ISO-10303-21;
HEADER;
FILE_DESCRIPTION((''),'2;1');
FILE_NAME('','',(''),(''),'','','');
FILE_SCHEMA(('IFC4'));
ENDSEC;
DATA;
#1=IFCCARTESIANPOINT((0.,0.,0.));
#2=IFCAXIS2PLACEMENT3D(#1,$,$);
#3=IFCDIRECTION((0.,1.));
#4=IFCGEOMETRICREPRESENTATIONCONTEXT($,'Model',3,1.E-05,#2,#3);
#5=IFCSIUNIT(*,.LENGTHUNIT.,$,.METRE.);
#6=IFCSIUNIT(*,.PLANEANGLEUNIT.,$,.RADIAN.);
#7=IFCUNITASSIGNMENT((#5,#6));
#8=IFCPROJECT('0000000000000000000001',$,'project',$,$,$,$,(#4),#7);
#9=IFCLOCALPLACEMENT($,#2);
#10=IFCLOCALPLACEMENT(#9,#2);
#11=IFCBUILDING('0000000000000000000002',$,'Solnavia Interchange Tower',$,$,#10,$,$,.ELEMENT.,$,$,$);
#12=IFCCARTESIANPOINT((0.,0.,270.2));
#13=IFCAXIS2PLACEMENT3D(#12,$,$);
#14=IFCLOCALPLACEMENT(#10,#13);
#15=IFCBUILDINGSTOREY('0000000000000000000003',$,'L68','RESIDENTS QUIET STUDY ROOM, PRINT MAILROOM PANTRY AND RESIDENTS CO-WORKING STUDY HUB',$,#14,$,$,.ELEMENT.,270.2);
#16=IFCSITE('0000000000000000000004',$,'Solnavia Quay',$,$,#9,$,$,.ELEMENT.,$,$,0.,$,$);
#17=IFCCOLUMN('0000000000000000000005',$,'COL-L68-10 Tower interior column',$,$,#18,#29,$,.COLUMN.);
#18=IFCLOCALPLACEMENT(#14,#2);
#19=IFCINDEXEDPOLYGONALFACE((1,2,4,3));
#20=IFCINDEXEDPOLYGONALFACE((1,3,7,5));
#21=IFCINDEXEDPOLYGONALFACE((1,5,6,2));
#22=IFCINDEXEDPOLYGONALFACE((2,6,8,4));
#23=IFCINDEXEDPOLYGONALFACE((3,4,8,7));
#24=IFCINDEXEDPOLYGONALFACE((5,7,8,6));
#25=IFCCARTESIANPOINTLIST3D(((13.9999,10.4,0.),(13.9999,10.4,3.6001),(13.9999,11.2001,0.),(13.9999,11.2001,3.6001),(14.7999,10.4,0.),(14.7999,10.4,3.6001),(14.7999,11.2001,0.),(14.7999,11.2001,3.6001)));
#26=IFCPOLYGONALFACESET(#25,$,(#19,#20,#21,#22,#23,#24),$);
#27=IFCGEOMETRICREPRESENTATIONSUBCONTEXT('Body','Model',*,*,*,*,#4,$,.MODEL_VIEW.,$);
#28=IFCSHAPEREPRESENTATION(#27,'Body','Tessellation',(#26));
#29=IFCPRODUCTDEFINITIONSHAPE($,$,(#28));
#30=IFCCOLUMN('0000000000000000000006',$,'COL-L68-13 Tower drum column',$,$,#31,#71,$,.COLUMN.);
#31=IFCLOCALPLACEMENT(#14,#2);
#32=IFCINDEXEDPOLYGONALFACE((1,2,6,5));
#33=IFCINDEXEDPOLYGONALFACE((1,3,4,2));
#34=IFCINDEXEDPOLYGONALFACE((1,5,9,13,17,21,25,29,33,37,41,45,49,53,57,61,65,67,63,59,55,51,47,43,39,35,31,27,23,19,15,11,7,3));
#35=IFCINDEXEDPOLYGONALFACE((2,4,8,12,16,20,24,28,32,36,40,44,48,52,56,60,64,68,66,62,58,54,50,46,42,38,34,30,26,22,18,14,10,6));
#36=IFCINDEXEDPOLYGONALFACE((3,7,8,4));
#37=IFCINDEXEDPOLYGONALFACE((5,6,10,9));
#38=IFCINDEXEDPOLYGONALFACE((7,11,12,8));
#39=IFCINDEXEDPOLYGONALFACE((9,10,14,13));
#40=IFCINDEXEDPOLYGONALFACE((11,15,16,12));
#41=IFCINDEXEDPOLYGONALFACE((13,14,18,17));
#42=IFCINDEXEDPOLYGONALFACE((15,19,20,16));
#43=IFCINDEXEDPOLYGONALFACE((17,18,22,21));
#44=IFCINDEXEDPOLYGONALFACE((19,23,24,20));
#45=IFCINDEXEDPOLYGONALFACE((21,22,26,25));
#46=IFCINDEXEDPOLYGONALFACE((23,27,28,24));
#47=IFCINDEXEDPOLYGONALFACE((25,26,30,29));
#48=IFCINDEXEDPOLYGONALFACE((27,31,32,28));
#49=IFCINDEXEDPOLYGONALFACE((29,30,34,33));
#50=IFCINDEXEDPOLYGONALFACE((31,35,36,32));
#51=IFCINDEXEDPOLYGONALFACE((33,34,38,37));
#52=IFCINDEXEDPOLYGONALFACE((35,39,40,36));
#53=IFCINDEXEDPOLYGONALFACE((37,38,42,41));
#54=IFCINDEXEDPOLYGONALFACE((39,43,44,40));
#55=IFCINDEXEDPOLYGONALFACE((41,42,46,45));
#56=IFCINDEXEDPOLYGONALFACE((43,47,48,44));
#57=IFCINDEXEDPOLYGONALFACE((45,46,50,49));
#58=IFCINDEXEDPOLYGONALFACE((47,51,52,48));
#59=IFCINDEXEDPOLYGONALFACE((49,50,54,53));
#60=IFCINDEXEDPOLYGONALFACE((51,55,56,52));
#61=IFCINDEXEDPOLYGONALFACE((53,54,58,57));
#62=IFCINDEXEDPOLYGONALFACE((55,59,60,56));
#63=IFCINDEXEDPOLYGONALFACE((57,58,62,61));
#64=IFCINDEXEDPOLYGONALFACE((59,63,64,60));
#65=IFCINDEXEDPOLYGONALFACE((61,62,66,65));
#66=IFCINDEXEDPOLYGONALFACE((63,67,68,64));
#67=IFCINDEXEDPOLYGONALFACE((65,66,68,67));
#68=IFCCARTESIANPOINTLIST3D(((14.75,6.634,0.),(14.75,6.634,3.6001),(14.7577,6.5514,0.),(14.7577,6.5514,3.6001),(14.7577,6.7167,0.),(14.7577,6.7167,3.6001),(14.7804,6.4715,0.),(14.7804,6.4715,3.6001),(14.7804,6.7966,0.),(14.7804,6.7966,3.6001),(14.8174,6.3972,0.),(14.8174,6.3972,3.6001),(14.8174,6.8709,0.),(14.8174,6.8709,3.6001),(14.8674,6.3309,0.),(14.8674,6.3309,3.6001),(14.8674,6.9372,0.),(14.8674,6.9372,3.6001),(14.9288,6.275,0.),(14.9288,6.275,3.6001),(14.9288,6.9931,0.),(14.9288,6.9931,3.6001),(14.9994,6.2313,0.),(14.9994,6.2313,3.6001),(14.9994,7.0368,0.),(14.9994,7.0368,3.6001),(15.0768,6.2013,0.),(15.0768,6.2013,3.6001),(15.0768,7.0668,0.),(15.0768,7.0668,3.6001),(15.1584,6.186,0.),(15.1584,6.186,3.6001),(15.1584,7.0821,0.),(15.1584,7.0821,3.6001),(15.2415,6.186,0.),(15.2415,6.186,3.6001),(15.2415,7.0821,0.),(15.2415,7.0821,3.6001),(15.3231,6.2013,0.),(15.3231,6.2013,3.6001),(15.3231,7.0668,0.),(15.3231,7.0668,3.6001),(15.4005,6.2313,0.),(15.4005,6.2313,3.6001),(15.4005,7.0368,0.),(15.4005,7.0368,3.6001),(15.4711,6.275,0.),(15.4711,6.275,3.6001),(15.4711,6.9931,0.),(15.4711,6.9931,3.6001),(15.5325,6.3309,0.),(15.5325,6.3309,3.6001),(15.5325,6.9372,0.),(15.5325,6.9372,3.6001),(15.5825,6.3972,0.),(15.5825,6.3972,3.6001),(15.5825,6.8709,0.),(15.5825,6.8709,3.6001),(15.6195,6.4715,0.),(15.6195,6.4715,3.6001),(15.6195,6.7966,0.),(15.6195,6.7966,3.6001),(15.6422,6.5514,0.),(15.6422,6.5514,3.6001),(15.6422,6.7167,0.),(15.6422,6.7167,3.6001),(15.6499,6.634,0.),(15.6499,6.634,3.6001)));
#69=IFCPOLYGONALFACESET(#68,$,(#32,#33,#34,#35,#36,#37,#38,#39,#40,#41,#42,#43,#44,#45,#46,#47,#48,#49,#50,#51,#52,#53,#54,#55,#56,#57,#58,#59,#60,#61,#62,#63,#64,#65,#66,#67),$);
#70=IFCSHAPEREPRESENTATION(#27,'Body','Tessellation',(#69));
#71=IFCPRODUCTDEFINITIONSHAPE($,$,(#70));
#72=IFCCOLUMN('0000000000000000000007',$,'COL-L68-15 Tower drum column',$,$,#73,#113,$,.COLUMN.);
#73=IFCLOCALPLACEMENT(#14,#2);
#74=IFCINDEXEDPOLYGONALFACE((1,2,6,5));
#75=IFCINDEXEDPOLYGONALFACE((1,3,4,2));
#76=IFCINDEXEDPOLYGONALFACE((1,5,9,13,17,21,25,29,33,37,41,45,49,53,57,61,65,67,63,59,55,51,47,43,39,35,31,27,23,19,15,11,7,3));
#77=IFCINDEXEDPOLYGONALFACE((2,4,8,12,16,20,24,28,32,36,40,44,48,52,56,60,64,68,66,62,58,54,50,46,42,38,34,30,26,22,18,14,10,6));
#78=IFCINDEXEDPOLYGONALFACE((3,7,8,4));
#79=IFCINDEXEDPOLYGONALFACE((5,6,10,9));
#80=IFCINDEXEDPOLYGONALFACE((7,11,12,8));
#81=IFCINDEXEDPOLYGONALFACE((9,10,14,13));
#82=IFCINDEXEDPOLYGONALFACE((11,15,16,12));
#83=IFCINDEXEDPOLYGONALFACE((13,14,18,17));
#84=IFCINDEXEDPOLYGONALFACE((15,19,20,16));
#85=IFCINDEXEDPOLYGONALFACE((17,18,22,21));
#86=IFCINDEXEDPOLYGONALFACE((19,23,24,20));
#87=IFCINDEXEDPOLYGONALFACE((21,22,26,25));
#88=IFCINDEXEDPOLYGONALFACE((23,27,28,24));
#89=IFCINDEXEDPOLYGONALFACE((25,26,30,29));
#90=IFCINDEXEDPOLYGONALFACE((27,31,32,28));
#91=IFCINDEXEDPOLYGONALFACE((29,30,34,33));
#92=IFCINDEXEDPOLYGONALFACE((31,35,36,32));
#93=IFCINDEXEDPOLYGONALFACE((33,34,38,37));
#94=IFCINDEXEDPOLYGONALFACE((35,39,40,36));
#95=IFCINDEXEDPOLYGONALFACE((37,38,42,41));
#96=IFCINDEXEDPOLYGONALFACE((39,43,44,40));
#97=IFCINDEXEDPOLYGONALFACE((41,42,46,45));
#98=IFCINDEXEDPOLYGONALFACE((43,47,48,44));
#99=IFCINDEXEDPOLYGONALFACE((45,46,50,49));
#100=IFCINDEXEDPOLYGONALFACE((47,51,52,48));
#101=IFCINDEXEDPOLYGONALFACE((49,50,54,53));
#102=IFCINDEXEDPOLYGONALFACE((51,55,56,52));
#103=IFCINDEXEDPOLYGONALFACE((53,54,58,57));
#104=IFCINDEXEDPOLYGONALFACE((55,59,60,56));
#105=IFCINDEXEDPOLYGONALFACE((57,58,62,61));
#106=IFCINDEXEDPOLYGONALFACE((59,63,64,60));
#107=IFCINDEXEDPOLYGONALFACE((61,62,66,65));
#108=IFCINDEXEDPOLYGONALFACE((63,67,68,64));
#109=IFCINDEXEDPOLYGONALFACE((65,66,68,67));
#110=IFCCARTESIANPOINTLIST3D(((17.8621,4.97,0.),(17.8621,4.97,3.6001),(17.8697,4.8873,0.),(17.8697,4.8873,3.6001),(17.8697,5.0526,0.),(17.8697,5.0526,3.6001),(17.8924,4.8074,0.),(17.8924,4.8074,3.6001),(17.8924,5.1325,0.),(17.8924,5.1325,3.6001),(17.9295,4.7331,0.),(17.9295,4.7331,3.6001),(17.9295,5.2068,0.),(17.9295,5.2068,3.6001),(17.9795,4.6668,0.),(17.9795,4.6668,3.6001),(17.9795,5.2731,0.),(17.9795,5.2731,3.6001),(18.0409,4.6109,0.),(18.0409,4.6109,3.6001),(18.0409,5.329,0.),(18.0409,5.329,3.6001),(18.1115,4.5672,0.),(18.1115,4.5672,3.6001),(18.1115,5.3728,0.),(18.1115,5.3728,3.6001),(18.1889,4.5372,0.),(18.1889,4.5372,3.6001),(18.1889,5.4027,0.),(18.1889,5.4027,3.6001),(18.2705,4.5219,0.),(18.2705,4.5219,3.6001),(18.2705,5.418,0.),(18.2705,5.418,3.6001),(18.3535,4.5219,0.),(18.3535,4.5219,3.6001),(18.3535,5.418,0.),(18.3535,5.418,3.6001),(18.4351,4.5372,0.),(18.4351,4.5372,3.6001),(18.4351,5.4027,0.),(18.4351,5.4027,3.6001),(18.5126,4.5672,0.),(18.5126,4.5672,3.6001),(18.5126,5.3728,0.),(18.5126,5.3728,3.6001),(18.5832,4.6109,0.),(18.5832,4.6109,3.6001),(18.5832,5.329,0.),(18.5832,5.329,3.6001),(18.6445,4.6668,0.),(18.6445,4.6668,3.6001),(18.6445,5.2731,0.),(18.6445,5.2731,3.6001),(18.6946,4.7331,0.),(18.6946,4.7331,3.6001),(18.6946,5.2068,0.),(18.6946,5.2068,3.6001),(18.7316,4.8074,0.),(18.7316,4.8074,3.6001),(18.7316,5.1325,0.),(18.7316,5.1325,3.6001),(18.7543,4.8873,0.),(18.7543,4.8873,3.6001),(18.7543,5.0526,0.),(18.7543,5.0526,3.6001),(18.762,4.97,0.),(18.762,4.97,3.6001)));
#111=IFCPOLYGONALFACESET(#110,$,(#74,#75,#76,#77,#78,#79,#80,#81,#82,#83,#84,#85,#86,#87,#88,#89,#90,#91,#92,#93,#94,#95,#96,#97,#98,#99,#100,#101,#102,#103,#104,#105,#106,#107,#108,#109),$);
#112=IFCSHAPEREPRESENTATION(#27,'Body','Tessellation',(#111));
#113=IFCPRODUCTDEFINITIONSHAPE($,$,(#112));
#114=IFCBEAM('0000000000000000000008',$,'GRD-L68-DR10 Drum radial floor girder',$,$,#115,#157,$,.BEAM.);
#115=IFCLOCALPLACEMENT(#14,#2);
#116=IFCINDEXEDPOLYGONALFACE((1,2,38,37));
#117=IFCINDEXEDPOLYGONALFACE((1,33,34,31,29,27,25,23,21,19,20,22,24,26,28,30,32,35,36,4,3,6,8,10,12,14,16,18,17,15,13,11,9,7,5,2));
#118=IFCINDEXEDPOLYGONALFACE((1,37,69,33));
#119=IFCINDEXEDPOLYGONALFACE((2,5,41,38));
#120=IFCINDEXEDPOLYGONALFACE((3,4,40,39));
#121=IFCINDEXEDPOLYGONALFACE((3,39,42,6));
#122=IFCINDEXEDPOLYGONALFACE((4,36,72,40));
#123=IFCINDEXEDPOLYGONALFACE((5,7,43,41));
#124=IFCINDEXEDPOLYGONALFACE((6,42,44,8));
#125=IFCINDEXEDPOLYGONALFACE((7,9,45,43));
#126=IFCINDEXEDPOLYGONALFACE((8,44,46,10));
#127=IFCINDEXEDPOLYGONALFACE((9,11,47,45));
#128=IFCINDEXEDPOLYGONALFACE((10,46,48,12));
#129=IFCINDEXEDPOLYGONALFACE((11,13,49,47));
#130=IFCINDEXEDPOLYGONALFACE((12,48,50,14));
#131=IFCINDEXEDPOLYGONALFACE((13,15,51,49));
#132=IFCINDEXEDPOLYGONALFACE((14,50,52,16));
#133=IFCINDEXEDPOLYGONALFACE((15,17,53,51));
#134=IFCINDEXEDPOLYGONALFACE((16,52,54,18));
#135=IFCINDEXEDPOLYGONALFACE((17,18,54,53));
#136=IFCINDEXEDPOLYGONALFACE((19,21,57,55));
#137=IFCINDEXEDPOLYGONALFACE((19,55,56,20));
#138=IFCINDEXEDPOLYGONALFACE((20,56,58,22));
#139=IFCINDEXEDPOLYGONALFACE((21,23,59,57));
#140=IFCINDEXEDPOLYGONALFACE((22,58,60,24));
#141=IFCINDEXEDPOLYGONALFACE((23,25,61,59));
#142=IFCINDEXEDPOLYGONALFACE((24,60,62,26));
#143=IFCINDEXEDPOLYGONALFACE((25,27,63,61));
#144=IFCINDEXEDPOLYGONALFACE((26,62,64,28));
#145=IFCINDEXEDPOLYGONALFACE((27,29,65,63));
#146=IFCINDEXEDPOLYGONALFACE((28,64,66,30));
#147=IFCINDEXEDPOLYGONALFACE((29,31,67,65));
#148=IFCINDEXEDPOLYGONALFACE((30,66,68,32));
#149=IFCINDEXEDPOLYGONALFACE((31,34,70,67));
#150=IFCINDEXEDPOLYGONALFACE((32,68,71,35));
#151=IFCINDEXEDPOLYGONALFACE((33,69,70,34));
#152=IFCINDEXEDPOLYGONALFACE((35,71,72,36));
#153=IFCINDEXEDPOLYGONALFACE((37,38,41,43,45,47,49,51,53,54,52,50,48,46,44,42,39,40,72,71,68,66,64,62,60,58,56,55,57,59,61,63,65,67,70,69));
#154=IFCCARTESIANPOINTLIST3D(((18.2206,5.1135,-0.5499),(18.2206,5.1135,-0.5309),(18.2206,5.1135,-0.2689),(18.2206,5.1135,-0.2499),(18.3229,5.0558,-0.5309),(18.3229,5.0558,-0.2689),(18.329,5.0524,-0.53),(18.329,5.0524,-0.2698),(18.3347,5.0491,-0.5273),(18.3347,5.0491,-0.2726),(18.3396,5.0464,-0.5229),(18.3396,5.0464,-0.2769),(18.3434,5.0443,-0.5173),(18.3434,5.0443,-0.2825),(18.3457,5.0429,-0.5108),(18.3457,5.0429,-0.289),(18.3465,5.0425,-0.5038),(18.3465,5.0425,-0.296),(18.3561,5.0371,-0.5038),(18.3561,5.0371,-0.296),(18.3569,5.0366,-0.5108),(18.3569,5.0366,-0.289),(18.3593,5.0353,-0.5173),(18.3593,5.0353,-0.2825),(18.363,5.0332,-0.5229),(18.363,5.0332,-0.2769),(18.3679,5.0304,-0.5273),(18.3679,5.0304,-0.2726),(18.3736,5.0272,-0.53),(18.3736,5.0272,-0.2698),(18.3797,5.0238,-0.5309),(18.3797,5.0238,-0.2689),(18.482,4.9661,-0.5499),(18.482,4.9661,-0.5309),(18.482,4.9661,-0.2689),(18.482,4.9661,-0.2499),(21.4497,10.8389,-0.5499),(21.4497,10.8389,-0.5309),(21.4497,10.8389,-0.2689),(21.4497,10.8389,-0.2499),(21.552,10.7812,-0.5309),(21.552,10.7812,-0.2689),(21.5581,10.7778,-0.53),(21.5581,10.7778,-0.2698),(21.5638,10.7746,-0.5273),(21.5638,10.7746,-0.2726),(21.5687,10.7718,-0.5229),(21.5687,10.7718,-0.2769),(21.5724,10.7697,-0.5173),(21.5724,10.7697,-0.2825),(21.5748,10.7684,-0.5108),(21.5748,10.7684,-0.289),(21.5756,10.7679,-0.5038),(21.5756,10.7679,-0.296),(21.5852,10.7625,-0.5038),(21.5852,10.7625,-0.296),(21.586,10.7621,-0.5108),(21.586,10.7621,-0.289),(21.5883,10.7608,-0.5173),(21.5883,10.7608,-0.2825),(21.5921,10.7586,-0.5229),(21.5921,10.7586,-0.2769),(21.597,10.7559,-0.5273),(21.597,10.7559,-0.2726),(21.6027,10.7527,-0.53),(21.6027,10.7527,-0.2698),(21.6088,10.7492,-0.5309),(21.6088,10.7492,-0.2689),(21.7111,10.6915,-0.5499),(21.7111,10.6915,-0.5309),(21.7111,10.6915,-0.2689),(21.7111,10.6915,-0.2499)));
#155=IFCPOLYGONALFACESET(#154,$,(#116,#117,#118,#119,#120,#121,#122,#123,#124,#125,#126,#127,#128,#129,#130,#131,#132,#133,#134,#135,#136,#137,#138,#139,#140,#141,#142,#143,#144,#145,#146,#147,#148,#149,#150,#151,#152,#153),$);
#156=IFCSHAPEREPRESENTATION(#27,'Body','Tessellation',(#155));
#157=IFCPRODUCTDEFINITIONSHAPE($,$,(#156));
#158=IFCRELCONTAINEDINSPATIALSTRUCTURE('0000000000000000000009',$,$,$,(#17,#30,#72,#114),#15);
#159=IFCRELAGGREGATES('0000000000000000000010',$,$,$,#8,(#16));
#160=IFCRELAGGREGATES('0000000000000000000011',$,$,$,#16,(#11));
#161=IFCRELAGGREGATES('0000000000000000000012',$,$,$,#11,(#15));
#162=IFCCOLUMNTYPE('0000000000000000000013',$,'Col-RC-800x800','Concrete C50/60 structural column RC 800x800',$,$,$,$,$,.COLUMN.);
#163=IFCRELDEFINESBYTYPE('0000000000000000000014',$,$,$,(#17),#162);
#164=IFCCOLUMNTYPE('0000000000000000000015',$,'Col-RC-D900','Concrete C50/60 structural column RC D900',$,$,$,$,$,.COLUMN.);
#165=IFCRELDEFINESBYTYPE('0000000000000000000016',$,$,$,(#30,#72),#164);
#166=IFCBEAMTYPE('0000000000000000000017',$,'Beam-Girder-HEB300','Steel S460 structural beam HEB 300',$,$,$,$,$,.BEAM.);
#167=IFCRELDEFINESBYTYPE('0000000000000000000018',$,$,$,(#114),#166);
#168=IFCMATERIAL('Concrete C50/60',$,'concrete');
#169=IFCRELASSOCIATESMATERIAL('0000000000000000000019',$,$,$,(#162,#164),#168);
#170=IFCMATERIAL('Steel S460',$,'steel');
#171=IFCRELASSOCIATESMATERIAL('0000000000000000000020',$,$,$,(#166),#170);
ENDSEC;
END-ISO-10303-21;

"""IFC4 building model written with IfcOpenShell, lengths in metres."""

from ifc_helpers import new_model, si_unit, direction, frame, origin, origin_2d, place, context, subcontext, project, spatial, rectangle, circle, i_section, extrude, material, material_profile, profile_set, type_object, element, save


model = new_model("IFC4")

# Units and contexts
model_context = context("Model", 3, precision=1e-05, world=origin(), true_north=direction((0.0, 1.0)))
body_context = subcontext(model_context, "Body", "Model", "MODEL_VIEW")
ifc_project = project(units=[si_unit("LENGTHUNIT", "METRE"), si_unit("PLANEANGLEUNIT", "RADIAN")], contexts=[model_context])

# Site, building, storey
site_placement = place(None, origin())
site = spatial("IfcSite", under=ifc_project, at=site_placement, Name="Solnavia Quay", CompositionType="ELEMENT", RefElevation=0.0)
building_placement = place(site_placement, origin())
building = spatial("IfcBuilding", under=site, at=building_placement, Name="Solnavia Interchange Tower", CompositionType="ELEMENT")
storey_placement = place(building_placement, frame((0.0, 0.0, 270.2)))
storey = spatial("IfcBuildingStorey", under=building, at=storey_placement, Name="L68", Description="RESIDENTS QUIET STUDY ROOM, PRINT MAILROOM PANTRY AND RESIDENTS CO-WORKING STUDY HUB", CompositionType="ELEMENT", Elevation=270.2)

# Columns
ifc_material_1 = material(Name="Concrete C50/60", Category="concrete")
ifc_material_profile_1 = material_profile(ifc_material_1, rectangle(XDim=0.8, YDim=0.8, at=origin_2d()), Name="RC 800x800")
ifc_profile_set_1 = profile_set([ifc_material_profile_1], Name="Concrete C50/60")
column_type_1 = type_object("IfcColumnType", Name="Col-RC-800x800", Description="Concrete C50/60 structural column RC 800x800", PredefinedType="COLUMN", material=ifc_profile_set_1)
column_placement = place(storey_placement, frame((14.3999, 10.8, 0.0), z_axis=(0.0, 0.0, 1.0), x_axis=(1.0, 0.0, 0.0)))
element("IfcColumn", 1, at=column_placement, inside=storey, type_object=column_type_1, Name="COL-L68-10 Tower interior column", PredefinedType="COLUMN", context=body_context, shape_type="SweptSolid", body=[
    extrude(rectangle(XDim=0.8, YDim=0.8, at=origin_2d()), origin(), (0.0, 0.0, 1.0), 3.6001),
])
ifc_material_profile_2 = material_profile(ifc_material_1, circle(Radius=0.45, at=origin_2d()), Name="RC D900")
ifc_profile_set_2 = profile_set([ifc_material_profile_2], Name="Concrete C50/60")
column_type_2 = type_object("IfcColumnType", Name="Col-RC-D900", Description="Concrete C50/60 structural column RC D900", PredefinedType="COLUMN", material=ifc_profile_set_2)
for number, where, z_axis, x_axis, name in (
    (2, (15.2, 6.634, 0.0), (0.0, 0.0, 1.0), (1.0, 0.0, 0.0), "COL-L68-13 Tower drum column"),
    (3, (18.312, 4.97, 0.0), (0.0, 0.0, 1.0), (1.0, 0.0, 0.0), "COL-L68-15 Tower drum column"),
):
    element("IfcColumn", number, at=place(storey_placement, frame(where, z_axis=z_axis, x_axis=x_axis)), inside=storey, type_object=column_type_2, Name=name, PredefinedType="COLUMN", context=body_context, shape_type="SweptSolid", body=[
        extrude(circle(Radius=0.45, at=origin_2d()), origin(), (0.0, 0.0, 1.0), 3.6001),
    ])

# Beam
ifc_material_2 = material(Name="Steel S460", Category="steel")
ifc_material_profile_3 = material_profile(ifc_material_2, i_section(OverallWidth=0.3, OverallDepth=0.3, WebThickness=0.011, FlangeThickness=0.019, FilletRadius=0.0271, at=origin_2d()), Name="HEB 300")
ifc_profile_set_3 = profile_set([ifc_material_profile_3], Name="Steel S460")
beam_type_1 = type_object("IfcBeamType", Name="Beam-Girder-HEB300", Description="Steel S460 structural beam HEB 300", PredefinedType="BEAM", material=ifc_profile_set_3)
beam_1_placement = place(storey_placement, frame((18.3513, 5.0398, -0.3999), z_axis=(0.491243, 0.871022, 0.0), x_axis=(-0.871022, 0.491243, 0.0)))
element("IfcBeam", 4, at=beam_1_placement, inside=storey, type_object=beam_type_1, Name="GRD-L68-DR10 Drum radial floor girder", PredefinedType="BEAM", context=body_context, shape_type="SweptSolid", body=[
    extrude(i_section(OverallWidth=0.3, OverallDepth=0.3, WebThickness=0.011, FlangeThickness=0.019, FilletRadius=0.0271, at=origin_2d()), origin(), (0.0, 0.0, 1.0), 6.5732),
])

save(model, "model.ifc")
